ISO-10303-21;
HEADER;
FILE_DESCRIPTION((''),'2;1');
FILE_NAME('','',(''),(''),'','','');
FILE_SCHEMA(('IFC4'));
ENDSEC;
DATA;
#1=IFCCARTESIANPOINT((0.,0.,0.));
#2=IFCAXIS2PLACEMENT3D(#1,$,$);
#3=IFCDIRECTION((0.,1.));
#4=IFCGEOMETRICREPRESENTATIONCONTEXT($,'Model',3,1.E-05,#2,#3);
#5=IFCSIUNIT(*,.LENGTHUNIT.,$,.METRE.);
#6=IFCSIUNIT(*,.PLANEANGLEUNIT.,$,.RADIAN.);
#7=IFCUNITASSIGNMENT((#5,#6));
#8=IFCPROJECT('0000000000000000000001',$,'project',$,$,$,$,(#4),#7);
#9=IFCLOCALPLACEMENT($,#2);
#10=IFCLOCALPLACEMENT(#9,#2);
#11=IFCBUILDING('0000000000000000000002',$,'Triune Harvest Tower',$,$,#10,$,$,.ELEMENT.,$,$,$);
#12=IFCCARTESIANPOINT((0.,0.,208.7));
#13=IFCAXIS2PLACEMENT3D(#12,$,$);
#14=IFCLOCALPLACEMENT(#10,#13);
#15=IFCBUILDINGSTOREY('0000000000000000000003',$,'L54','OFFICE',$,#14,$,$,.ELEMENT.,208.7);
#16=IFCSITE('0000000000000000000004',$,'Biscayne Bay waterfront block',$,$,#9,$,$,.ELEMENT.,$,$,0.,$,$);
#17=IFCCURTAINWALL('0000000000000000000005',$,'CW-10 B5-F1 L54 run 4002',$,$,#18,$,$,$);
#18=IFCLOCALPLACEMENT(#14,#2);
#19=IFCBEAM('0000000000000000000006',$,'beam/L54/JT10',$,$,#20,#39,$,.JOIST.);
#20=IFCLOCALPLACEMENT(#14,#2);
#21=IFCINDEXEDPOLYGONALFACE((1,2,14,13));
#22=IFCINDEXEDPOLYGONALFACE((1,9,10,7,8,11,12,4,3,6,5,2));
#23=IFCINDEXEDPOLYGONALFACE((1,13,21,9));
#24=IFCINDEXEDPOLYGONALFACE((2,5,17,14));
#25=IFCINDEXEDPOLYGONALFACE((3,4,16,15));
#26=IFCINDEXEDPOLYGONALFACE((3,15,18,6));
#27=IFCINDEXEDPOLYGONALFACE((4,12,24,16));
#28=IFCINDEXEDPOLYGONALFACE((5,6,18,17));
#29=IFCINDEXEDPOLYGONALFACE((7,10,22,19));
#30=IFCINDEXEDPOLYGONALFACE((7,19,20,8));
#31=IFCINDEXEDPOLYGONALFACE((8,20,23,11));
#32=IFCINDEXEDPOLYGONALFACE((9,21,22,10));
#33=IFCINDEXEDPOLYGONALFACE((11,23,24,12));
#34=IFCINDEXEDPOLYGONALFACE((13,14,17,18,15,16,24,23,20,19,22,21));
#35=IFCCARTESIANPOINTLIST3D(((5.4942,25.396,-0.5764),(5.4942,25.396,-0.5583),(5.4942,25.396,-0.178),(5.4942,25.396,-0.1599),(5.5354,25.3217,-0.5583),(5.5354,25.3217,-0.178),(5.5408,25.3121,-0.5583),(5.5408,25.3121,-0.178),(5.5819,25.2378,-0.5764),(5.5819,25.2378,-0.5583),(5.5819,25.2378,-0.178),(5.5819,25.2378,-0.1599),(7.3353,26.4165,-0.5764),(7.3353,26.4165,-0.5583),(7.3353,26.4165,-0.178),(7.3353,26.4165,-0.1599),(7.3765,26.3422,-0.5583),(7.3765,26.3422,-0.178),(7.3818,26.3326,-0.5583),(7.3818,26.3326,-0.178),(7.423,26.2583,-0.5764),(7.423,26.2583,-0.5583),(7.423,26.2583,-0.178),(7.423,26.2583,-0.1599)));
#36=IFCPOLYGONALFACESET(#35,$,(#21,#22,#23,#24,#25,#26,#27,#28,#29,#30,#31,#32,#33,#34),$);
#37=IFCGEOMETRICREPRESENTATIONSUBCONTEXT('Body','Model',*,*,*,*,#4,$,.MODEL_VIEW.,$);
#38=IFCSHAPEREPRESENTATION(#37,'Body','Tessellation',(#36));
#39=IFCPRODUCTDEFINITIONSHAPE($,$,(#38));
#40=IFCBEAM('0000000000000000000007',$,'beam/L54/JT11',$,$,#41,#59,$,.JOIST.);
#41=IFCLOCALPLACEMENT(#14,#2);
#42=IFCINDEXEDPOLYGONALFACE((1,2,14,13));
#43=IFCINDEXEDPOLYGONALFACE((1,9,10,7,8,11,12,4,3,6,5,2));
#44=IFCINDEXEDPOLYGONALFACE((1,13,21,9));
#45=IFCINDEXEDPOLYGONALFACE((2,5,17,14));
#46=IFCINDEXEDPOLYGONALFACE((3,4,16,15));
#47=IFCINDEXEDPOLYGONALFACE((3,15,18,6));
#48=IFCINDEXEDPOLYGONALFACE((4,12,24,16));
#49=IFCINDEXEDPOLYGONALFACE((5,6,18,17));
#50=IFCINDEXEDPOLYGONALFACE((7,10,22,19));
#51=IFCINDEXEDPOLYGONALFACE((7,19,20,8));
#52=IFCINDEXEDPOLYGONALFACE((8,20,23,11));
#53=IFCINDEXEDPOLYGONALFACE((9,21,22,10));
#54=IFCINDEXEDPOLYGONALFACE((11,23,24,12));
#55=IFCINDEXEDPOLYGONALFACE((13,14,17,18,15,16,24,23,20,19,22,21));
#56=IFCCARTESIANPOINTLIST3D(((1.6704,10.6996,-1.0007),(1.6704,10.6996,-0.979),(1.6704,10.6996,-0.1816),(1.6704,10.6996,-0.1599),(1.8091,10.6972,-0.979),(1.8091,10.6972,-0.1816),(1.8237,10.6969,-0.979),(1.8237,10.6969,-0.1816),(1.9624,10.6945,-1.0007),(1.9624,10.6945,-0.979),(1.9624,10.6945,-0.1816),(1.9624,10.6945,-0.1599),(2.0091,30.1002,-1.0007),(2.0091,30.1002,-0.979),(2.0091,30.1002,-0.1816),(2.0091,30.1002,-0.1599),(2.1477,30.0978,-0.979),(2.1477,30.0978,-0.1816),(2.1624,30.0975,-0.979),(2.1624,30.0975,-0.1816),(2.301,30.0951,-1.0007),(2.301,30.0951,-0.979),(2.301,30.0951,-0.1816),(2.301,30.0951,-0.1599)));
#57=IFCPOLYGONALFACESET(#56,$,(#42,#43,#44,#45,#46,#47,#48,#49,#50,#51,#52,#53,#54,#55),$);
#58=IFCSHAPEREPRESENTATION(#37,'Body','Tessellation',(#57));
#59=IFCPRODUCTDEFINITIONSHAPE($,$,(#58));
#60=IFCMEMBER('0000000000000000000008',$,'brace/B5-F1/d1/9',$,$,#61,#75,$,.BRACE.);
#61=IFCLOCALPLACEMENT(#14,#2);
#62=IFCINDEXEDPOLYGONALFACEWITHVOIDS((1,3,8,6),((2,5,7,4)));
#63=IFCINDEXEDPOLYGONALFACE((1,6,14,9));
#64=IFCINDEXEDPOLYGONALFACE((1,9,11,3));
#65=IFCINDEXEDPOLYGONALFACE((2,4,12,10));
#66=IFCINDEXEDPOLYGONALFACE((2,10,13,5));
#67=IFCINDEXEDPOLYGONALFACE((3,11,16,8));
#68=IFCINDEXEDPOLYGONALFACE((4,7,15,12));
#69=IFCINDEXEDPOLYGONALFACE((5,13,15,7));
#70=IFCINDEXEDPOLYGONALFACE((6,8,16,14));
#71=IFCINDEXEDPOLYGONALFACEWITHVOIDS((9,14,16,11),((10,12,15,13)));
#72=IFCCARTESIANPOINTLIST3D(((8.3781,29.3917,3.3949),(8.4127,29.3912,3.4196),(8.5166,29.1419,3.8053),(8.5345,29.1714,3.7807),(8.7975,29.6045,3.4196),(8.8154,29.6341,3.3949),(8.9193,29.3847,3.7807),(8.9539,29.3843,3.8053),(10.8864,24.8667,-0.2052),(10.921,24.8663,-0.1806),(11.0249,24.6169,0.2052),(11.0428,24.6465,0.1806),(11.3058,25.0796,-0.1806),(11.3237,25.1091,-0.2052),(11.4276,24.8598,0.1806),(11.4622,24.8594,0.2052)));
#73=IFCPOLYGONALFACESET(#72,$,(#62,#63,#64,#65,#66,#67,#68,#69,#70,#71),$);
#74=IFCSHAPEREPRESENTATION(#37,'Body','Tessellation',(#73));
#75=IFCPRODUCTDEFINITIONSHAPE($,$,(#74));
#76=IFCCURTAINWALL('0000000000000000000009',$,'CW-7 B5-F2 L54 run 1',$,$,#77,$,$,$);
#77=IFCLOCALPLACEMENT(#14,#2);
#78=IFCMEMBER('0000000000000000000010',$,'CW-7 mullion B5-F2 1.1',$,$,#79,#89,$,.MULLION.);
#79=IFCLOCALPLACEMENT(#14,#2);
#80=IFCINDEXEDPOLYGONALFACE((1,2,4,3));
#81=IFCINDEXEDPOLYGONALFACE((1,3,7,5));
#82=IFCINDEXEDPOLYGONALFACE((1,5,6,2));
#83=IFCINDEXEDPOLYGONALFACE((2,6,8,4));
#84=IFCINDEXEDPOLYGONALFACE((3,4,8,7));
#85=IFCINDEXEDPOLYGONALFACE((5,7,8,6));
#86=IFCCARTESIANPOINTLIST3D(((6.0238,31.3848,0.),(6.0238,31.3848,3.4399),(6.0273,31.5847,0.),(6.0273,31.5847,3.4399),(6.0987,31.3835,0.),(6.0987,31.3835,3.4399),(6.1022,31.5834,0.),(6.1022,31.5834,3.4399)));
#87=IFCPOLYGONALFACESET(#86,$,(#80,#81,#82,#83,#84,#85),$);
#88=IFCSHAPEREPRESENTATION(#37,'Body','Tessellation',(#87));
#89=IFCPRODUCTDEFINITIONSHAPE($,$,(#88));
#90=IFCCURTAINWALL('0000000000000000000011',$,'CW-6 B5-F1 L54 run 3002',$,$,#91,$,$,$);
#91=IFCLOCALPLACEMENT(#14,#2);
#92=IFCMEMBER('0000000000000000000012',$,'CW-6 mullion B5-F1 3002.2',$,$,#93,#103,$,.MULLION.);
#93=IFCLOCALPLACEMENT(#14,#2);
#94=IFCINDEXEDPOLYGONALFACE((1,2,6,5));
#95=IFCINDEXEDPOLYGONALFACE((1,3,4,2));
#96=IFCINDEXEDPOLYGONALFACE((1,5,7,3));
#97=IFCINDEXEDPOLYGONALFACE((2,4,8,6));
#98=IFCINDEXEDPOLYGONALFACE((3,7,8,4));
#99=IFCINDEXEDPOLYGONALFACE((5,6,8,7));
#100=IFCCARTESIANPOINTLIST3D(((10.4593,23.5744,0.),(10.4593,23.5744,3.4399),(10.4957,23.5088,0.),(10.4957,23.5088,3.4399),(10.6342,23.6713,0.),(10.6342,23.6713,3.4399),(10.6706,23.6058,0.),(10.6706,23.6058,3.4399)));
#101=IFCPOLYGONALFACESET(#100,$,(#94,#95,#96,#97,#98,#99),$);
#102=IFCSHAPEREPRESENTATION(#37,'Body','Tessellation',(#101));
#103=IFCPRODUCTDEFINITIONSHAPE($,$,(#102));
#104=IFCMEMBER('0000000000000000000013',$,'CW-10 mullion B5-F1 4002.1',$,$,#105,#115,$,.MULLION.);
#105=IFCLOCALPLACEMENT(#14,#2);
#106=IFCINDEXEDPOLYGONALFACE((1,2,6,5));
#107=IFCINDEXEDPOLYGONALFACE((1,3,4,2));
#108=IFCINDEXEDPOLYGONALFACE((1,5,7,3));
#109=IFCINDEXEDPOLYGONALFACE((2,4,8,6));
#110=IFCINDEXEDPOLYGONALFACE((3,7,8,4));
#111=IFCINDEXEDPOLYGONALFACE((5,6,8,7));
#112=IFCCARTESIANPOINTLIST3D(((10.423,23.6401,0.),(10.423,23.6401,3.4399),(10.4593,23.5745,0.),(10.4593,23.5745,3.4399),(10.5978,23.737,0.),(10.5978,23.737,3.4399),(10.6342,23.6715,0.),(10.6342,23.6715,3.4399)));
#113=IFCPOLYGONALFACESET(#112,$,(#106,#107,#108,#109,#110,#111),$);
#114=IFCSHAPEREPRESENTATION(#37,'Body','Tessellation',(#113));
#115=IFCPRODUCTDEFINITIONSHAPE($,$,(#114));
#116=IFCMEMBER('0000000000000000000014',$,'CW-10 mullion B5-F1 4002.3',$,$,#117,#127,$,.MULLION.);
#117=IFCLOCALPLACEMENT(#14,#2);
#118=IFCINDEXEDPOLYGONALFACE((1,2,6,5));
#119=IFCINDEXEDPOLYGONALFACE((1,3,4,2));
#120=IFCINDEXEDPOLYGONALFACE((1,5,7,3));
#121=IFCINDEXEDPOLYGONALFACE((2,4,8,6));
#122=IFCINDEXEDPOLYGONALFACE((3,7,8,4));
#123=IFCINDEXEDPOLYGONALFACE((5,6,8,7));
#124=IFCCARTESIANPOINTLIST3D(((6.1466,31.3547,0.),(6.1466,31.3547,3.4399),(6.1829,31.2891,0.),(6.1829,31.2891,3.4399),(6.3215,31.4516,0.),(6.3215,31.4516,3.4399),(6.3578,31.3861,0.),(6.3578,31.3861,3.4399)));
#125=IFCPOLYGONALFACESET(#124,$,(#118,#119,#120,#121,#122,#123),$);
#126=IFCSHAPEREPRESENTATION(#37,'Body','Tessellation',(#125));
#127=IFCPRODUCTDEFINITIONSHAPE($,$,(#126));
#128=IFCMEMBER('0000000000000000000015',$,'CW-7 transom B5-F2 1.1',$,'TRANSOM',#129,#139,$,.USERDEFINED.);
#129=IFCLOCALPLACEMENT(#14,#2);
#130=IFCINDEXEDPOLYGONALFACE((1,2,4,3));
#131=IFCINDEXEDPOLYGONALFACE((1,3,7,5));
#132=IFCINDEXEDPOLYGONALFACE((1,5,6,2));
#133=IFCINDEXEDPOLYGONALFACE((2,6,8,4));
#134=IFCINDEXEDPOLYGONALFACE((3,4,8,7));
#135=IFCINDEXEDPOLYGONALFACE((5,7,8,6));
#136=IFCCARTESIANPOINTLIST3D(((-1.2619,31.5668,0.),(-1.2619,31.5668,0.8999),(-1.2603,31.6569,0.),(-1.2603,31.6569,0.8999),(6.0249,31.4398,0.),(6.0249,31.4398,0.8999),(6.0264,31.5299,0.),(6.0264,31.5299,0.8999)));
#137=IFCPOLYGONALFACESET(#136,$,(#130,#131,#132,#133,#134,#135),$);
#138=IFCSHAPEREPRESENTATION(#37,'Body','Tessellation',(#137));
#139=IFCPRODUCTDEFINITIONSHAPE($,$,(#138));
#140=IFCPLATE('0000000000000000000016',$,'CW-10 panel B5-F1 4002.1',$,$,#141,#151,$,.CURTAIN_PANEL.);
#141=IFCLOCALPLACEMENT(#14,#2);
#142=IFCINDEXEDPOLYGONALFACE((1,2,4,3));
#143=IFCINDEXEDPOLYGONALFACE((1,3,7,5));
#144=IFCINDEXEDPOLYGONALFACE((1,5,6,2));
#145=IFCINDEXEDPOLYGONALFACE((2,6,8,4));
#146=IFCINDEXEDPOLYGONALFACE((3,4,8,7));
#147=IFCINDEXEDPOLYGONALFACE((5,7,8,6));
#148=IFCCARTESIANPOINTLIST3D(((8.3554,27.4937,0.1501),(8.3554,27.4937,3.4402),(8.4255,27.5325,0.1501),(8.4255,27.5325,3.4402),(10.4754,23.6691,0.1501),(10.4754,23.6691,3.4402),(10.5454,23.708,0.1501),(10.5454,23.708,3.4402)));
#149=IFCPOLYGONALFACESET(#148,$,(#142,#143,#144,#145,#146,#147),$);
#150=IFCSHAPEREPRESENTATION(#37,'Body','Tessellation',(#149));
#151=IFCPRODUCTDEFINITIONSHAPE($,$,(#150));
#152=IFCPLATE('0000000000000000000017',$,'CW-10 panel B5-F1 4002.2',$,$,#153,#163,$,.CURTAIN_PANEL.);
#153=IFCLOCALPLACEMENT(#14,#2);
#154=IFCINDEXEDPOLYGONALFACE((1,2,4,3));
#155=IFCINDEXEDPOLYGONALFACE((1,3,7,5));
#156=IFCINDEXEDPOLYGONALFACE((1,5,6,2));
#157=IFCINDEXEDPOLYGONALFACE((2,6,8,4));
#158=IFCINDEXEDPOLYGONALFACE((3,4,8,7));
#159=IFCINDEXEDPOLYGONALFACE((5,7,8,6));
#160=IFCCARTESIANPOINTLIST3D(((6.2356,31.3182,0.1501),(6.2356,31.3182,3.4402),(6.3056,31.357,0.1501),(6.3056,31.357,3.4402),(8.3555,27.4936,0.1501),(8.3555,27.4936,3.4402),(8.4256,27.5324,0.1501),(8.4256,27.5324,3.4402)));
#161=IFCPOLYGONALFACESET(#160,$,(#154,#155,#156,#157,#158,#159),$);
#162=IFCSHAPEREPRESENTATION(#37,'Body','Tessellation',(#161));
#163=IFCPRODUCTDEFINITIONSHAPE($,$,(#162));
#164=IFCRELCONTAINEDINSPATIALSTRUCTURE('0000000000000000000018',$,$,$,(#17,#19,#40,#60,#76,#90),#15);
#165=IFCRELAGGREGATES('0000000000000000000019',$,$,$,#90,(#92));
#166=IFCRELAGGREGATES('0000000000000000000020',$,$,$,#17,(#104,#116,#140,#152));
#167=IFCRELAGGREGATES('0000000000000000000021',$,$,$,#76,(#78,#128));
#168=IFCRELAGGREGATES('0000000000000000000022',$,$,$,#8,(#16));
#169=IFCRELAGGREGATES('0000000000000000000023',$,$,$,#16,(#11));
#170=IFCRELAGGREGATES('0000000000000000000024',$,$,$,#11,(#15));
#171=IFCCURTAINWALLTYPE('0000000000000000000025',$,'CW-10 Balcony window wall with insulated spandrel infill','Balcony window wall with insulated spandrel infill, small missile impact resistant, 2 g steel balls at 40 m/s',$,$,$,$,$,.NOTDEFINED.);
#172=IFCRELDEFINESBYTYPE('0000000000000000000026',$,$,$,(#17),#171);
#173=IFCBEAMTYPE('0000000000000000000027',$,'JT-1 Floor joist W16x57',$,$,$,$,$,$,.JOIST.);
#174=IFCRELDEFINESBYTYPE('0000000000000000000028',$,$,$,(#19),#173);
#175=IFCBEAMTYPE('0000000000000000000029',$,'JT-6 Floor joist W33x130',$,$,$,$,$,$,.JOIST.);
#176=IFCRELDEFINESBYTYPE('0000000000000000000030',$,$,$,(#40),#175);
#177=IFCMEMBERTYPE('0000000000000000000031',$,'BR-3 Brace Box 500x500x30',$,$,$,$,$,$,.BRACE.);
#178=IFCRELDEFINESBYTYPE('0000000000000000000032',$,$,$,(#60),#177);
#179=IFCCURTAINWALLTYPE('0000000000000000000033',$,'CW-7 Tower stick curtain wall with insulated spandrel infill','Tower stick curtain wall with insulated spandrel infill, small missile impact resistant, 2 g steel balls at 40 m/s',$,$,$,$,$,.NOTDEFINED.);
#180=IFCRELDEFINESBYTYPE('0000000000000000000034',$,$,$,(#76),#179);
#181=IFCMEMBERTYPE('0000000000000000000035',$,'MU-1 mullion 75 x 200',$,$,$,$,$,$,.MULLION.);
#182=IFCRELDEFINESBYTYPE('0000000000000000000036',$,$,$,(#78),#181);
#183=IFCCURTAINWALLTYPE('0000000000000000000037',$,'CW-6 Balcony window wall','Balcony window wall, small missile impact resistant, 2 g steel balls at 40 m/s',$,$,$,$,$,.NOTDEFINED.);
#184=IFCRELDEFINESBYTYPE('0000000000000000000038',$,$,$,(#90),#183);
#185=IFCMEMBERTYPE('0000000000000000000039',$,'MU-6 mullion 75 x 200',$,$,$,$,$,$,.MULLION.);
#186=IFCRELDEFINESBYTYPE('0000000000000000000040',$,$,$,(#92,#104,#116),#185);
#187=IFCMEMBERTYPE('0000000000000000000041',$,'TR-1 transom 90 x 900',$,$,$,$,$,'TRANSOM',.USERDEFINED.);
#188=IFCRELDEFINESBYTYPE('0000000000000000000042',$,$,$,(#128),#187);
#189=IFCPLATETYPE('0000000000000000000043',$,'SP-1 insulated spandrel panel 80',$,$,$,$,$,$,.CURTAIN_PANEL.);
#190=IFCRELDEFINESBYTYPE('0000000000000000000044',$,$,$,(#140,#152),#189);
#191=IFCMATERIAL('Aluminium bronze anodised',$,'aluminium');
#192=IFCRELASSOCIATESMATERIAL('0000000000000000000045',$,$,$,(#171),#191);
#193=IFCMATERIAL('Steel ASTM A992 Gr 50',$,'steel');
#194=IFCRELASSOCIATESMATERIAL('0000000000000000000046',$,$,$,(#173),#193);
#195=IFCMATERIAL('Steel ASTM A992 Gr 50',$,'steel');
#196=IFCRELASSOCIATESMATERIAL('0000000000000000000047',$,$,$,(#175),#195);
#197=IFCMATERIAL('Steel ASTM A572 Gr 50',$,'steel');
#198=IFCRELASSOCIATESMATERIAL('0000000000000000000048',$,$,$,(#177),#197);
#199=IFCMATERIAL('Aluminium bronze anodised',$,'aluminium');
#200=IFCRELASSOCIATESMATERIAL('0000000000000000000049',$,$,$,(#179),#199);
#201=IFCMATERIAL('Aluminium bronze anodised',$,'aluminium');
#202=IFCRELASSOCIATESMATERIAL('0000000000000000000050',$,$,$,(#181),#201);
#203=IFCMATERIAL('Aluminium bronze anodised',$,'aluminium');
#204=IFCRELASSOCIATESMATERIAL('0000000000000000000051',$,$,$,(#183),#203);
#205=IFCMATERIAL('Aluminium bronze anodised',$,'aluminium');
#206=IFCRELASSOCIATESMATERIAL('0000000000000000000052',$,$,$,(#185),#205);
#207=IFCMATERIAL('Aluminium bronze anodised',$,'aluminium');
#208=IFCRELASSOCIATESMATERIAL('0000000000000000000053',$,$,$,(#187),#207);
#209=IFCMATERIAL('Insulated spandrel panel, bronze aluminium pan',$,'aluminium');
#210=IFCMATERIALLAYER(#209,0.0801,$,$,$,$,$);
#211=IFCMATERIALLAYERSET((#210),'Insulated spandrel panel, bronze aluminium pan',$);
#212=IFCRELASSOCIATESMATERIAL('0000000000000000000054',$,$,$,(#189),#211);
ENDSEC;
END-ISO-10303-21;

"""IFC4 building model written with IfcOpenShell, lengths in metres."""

from ifc_helpers import new_model, si_unit, direction, frame, origin, origin_2d, place, context, subcontext, project, spatial, rectangle, hollow_rectangle, i_section, extrude, source, transform, mapped, material, layer, layer_set, material_profile, profile_set, type_object, element, aggregate, save


model = new_model("IFC4")

# Units and contexts
model_context = context("Model", 3, precision=1e-05, world=origin(), true_north=direction((0.0, 1.0)))
body_context = subcontext(model_context, "Body", "Model", "MODEL_VIEW")
ifc_project = project(units=[si_unit("LENGTHUNIT", "METRE"), si_unit("PLANEANGLEUNIT", "RADIAN")], contexts=[model_context])

# Site, building, storey
site_placement = place(None, origin())
site = spatial("IfcSite", under=ifc_project, at=site_placement, Name="Biscayne Bay waterfront block", CompositionType="ELEMENT", RefElevation=0.0)
building_placement = place(site_placement, origin())
building = spatial("IfcBuilding", under=site, at=building_placement, Name="Triune Harvest Tower", CompositionType="ELEMENT")
storey_placement = place(building_placement, frame((0.0, 0.0, 208.7)))
storey = spatial("IfcBuildingStorey", under=building, at=storey_placement, Name="L54", Description="OFFICE", CompositionType="ELEMENT", Elevation=208.7)

# Curtain wall
ifc_material_1 = material(Name="Aluminium bronze anodised", Category="aluminium")
curtain_wall_type_1 = type_object("IfcCurtainWallType", Name="CW-10 Balcony window wall with insulated spandrel infill", Description="Balcony window wall with insulated spandrel infill, small missile impact resistant, 2 g steel balls at 40 m/s", PredefinedType="NOTDEFINED", material=ifc_material_1)
curtain_wall_1_placement = place(storey_placement, origin())
curtain_wall_1 = element("IfcCurtainWall", 1, at=curtain_wall_1_placement, inside=storey, type_object=curtain_wall_type_1, Name="CW-10 B5-F1 L54 run 4002")

# Beams
ifc_material_2 = material(Name="Steel ASTM A992 Gr 50", Category="steel")
ifc_material_profile_1 = material_profile(ifc_material_2, i_section(OverallWidth=0.1809, OverallDepth=0.4165, WebThickness=0.011, FlangeThickness=0.0181, at=origin_2d()), Name="W16x57")
ifc_profile_set_1 = profile_set([ifc_material_profile_1], Name="Steel ASTM A992 Gr 50")
beam_type_1 = type_object("IfcBeamType", Name="JT-1 Floor joist W16x57", PredefinedType="JOIST", material=ifc_profile_set_1)
shared_shape_1 = source(origin(), body_context, "Body", "SweptSolid", [
    extrude(i_section(OverallWidth=0.1809, OverallDepth=0.4165, WebThickness=0.011, FlangeThickness=0.0181, at=origin_2d()), origin(), (0.0, 0.0, 1.0), 2.105),
])
beam_1_placement = place(storey_placement, frame((7.3792, 26.3374, -0.3682), z_axis=(-0.874622, -0.484806, 0.0), x_axis=(0.484806, -0.874622, 0.0)))
element("IfcBeam", 2, at=beam_1_placement, inside=storey, type_object=beam_type_1, Name="beam/L54/JT10", PredefinedType="JOIST", context=body_context, shape_type="MappedRepresentation", body=[
    mapped(shared_shape_1, transform((0.0, 0.0, 0.0), scale=1.0)),
])
ifc_material_3 = material(Name="Steel ASTM A992 Gr 50", Category="steel")
ifc_material_profile_2 = material_profile(ifc_material_3, i_section(OverallWidth=0.292, OverallDepth=0.8408, WebThickness=0.0146, FlangeThickness=0.0217, at=origin_2d()), Name="W33x130")
ifc_profile_set_2 = profile_set([ifc_material_profile_2], Name="Steel ASTM A992 Gr 50")
beam_type_2 = type_object("IfcBeamType", Name="JT-6 Floor joist W33x130", PredefinedType="JOIST", material=ifc_profile_set_2)
shared_shape_2 = source(origin(), body_context, "Body", "SweptSolid", [
    extrude(i_section(OverallWidth=0.292, OverallDepth=0.8408, WebThickness=0.0146, FlangeThickness=0.0217, at=origin_2d()), origin(), (0.0, 0.0, 1.0), 19.4036),
])
beam_2_placement = place(storey_placement, frame((2.155, 30.0977, -0.5803), z_axis=(-0.017452, -0.999848, 0.0), x_axis=(0.999848, -0.017452, 0.0)))
element("IfcBeam", 3, at=beam_2_placement, inside=storey, type_object=beam_type_2, Name="beam/L54/JT11", PredefinedType="JOIST", context=body_context, shape_type="MappedRepresentation", body=[
    mapped(shared_shape_2, transform((0.0, 0.0, 0.0), scale=1.0)),
])

# Member
ifc_material_4 = material(Name="Steel ASTM A572 Gr 50", Category="steel")
ifc_material_profile_3 = material_profile(ifc_material_4, hollow_rectangle(XDim=0.5, YDim=0.5, WallThickness=0.03, at=origin_2d()), Name="Box 500x500x30")
ifc_profile_set_3 = profile_set([ifc_material_profile_3], Name="Steel ASTM A572 Gr 50")
member_type_1 = type_object("IfcMemberType", Name="BR-3 Brace Box 500x500x30", PredefinedType="BRACE", material=ifc_profile_set_3)
shared_shape_3 = source(origin(), body_context, "Body", "SweptSolid", [
    extrude(hollow_rectangle(XDim=0.5, YDim=0.5, WallThickness=0.03, at=origin_2d()), origin(), (0.0, 0.0, 1.0), 6.303),
])
member_1_placement = place(storey_placement, frame((11.1743, 24.863, 0.0), z_axis=(-0.397957, 0.717904, 0.571178), x_axis=(-0.874611, -0.484825, 0.0)))
element("IfcMember", 4, at=member_1_placement, inside=storey, type_object=member_type_1, Name="brace/B5-F1/d1/9", PredefinedType="BRACE", context=body_context, shape_type="MappedRepresentation", body=[
    mapped(shared_shape_3, transform((0.0, 0.0, 0.0), scale=1.0)),
])

# Curtain walls, members
ifc_material_5 = material(Name="Aluminium bronze anodised", Category="aluminium")
curtain_wall_type_2 = type_object("IfcCurtainWallType", Name="CW-7 Tower stick curtain wall with insulated spandrel infill", Description="Tower stick curtain wall with insulated spandrel infill, small missile impact resistant, 2 g steel balls at 40 m/s", PredefinedType="NOTDEFINED", material=ifc_material_5)
curtain_wall_2_placement = place(storey_placement, origin())
curtain_wall_2 = element("IfcCurtainWall", 5, at=curtain_wall_2_placement, inside=storey, type_object=curtain_wall_type_2, Name="CW-7 B5-F2 L54 run 1")
ifc_material_6 = material(Name="Aluminium bronze anodised", Category="aluminium")
ifc_material_profile_4 = material_profile(ifc_material_6, rectangle(XDim=0.2, YDim=0.075, at=origin_2d()), Name="MU-1 mullion 75 x 200")
ifc_profile_set_4 = profile_set([ifc_material_profile_4], Name="Aluminium bronze anodised")
member_type_2 = type_object("IfcMemberType", Name="MU-1 mullion 75 x 200", PredefinedType="MULLION", material=ifc_profile_set_4)
shared_shape_4 = source(origin(), body_context, "Body", "SweptSolid", [
    extrude(rectangle(XDim=0.2, YDim=0.075, at=origin_2d()), origin(), (0.0, 0.0, 1.0), 3.4399),
])
member_2_placement = place(storey_placement, frame((6.063, 31.4841, 0.0), z_axis=(0.0, 0.0, 1.0), x_axis=(-0.017446, -0.999848, 0.0)))
member_2 = element("IfcMember", 6, at=member_2_placement, type_object=member_type_2, Name="CW-7 mullion B5-F2 1.1", PredefinedType="MULLION", context=body_context, shape_type="MappedRepresentation", body=[
    mapped(shared_shape_4, transform((0.0, 0.0, 0.0), scale=1.0)),
])
ifc_material_7 = material(Name="Aluminium bronze anodised", Category="aluminium")
curtain_wall_type_3 = type_object("IfcCurtainWallType", Name="CW-6 Balcony window wall", Description="Balcony window wall, small missile impact resistant, 2 g steel balls at 40 m/s", PredefinedType="NOTDEFINED", material=ifc_material_7)
curtain_wall_3_placement = place(storey_placement, origin())
curtain_wall_3 = element("IfcCurtainWall", 7, at=curtain_wall_3_placement, inside=storey, type_object=curtain_wall_type_3, Name="CW-6 B5-F1 L54 run 3002")
ifc_material_8 = material(Name="Aluminium bronze anodised", Category="aluminium")
ifc_material_profile_5 = material_profile(ifc_material_8, rectangle(XDim=0.2, YDim=0.075, at=origin_2d()), Name="MU-6 mullion 75 x 200")
ifc_profile_set_5 = profile_set([ifc_material_profile_5], Name="Aluminium bronze anodised")
member_type_3 = type_object("IfcMemberType", Name="MU-6 mullion 75 x 200", PredefinedType="MULLION", material=ifc_profile_set_5)
shared_shape_5 = source(origin(), body_context, "Body", "SweptSolid", [
    extrude(rectangle(XDim=0.2, YDim=0.075, at=origin_2d()), origin(), (0.0, 0.0, 1.0), 3.4399),
])
member_3_placement = place(storey_placement, frame((10.5649, 23.5901, 0.0), z_axis=(0.0, 0.0, 1.0), x_axis=(-0.874621, -0.484807, 0.0)))
member_3 = element("IfcMember", 8, at=member_3_placement, type_object=member_type_3, Name="CW-6 mullion B5-F1 3002.2", PredefinedType="MULLION", context=body_context, shape_type="MappedRepresentation", body=[
    mapped(shared_shape_5, transform((0.0, 0.0, 0.0), scale=1.0)),
])
aggregate(curtain_wall_3, [member_3])

# Members
member_4_placement = place(storey_placement, frame((10.5286, 23.6558, 0.0), z_axis=(0.0, 0.0, 1.0), x_axis=(-0.87462, -0.484808, 0.0)))
member_4 = element("IfcMember", 9, at=member_4_placement, type_object=member_type_3, Name="CW-10 mullion B5-F1 4002.1", PredefinedType="MULLION", context=body_context, shape_type="MappedRepresentation", body=[
    mapped(shared_shape_5, transform((0.0, 0.0, 0.0), scale=1.0)),
])
member_5_placement = place(storey_placement, frame((6.2522, 31.3704, 0.0), z_axis=(0.0, 0.0, 1.0), x_axis=(-0.87462, -0.484808, 0.0)))
member_5 = element("IfcMember", 10, at=member_5_placement, type_object=member_type_3, Name="CW-10 mullion B5-F1 4002.3", PredefinedType="MULLION", context=body_context, shape_type="MappedRepresentation", body=[
    mapped(shared_shape_5, transform((0.0, 0.0, 0.0), scale=1.0)),
])
ifc_material_9 = material(Name="Aluminium bronze anodised", Category="aluminium")
ifc_material_profile_6 = material_profile(ifc_material_9, rectangle(XDim=0.0901, YDim=0.8999, at=origin_2d()), Name="TR-1 transom 90 x 900")
ifc_profile_set_6 = profile_set([ifc_material_profile_6], Name="Aluminium bronze anodised")
member_type_4 = type_object("IfcMemberType", Name="TR-1 transom 90 x 900", ElementType="TRANSOM", PredefinedType="USERDEFINED", material=ifc_profile_set_6)
shared_shape_6 = source(origin(), body_context, "Body", "SweptSolid", [
    extrude(rectangle(XDim=0.0901, YDim=0.8999, at=origin_2d()), origin(), (0.0, 0.0, 1.0), 7.2878),
])
member_6_placement = place(storey_placement, frame((6.0256, 31.4849, 0.45), z_axis=(-0.999848, 0.01742, 0.0), x_axis=(-0.01742, -0.999848, 0.0)))
member_6 = element("IfcMember", 11, at=member_6_placement, type_object=member_type_4, Name="CW-7 transom B5-F2 1.1", ObjectType="TRANSOM", PredefinedType="USERDEFINED", context=body_context, shape_type="MappedRepresentation", body=[
    mapped(shared_shape_6, transform((0.0, 0.0, 0.0), scale=1.0)),
])

# Plates
ifc_material_10 = material(Name="Insulated spandrel panel, bronze aluminium pan", Category="aluminium")
ifc_layer_1 = layer(ifc_material_10, 0.0801)
ifc_layer_set_1 = layer_set([ifc_layer_1], Name="Insulated spandrel panel, bronze aluminium pan")
plate_type = type_object("IfcPlateType", Name="SP-1 insulated spandrel panel 80", PredefinedType="CURTAIN_PANEL", material=ifc_layer_set_1)
shared_shape_7 = source(origin(), body_context, "Body", "SweptSolid", [
    extrude(rectangle(XDim=4.3728, YDim=0.0801, at=origin_2d()), origin(), (0.0, 0.0, 1.0), 3.29),
])
plate_1_placement = place(storey_placement, frame((9.4504, 25.6008, 0.1501), z_axis=(0.0, 0.0, 1.0), x_axis=(-0.484808, 0.87462, 0.0)))
plate_1 = element("IfcPlate", 12, at=plate_1_placement, type_object=plate_type, Name="CW-10 panel B5-F1 4002.1", PredefinedType="CURTAIN_PANEL", context=body_context, shape_type="MappedRepresentation", body=[
    mapped(shared_shape_7, transform((0.0, 0.0, 0.0), scale=1.0)),
])
plate_2_placement = place(storey_placement, frame((7.3306, 29.4253, 0.1501), z_axis=(0.0, 0.0, 1.0), x_axis=(-0.484808, 0.87462, 0.0)))
plate_2 = element("IfcPlate", 13, at=plate_2_placement, type_object=plate_type, Name="CW-10 panel B5-F1 4002.2", PredefinedType="CURTAIN_PANEL", context=body_context, shape_type="MappedRepresentation", body=[
    mapped(shared_shape_7, transform((0.0, 0.0, 0.0), scale=1.0)),
])
aggregate(curtain_wall_1, [member_4, member_5, plate_1, plate_2])
aggregate(curtain_wall_2, [member_2, member_6])

save(model, "model.ifc")
